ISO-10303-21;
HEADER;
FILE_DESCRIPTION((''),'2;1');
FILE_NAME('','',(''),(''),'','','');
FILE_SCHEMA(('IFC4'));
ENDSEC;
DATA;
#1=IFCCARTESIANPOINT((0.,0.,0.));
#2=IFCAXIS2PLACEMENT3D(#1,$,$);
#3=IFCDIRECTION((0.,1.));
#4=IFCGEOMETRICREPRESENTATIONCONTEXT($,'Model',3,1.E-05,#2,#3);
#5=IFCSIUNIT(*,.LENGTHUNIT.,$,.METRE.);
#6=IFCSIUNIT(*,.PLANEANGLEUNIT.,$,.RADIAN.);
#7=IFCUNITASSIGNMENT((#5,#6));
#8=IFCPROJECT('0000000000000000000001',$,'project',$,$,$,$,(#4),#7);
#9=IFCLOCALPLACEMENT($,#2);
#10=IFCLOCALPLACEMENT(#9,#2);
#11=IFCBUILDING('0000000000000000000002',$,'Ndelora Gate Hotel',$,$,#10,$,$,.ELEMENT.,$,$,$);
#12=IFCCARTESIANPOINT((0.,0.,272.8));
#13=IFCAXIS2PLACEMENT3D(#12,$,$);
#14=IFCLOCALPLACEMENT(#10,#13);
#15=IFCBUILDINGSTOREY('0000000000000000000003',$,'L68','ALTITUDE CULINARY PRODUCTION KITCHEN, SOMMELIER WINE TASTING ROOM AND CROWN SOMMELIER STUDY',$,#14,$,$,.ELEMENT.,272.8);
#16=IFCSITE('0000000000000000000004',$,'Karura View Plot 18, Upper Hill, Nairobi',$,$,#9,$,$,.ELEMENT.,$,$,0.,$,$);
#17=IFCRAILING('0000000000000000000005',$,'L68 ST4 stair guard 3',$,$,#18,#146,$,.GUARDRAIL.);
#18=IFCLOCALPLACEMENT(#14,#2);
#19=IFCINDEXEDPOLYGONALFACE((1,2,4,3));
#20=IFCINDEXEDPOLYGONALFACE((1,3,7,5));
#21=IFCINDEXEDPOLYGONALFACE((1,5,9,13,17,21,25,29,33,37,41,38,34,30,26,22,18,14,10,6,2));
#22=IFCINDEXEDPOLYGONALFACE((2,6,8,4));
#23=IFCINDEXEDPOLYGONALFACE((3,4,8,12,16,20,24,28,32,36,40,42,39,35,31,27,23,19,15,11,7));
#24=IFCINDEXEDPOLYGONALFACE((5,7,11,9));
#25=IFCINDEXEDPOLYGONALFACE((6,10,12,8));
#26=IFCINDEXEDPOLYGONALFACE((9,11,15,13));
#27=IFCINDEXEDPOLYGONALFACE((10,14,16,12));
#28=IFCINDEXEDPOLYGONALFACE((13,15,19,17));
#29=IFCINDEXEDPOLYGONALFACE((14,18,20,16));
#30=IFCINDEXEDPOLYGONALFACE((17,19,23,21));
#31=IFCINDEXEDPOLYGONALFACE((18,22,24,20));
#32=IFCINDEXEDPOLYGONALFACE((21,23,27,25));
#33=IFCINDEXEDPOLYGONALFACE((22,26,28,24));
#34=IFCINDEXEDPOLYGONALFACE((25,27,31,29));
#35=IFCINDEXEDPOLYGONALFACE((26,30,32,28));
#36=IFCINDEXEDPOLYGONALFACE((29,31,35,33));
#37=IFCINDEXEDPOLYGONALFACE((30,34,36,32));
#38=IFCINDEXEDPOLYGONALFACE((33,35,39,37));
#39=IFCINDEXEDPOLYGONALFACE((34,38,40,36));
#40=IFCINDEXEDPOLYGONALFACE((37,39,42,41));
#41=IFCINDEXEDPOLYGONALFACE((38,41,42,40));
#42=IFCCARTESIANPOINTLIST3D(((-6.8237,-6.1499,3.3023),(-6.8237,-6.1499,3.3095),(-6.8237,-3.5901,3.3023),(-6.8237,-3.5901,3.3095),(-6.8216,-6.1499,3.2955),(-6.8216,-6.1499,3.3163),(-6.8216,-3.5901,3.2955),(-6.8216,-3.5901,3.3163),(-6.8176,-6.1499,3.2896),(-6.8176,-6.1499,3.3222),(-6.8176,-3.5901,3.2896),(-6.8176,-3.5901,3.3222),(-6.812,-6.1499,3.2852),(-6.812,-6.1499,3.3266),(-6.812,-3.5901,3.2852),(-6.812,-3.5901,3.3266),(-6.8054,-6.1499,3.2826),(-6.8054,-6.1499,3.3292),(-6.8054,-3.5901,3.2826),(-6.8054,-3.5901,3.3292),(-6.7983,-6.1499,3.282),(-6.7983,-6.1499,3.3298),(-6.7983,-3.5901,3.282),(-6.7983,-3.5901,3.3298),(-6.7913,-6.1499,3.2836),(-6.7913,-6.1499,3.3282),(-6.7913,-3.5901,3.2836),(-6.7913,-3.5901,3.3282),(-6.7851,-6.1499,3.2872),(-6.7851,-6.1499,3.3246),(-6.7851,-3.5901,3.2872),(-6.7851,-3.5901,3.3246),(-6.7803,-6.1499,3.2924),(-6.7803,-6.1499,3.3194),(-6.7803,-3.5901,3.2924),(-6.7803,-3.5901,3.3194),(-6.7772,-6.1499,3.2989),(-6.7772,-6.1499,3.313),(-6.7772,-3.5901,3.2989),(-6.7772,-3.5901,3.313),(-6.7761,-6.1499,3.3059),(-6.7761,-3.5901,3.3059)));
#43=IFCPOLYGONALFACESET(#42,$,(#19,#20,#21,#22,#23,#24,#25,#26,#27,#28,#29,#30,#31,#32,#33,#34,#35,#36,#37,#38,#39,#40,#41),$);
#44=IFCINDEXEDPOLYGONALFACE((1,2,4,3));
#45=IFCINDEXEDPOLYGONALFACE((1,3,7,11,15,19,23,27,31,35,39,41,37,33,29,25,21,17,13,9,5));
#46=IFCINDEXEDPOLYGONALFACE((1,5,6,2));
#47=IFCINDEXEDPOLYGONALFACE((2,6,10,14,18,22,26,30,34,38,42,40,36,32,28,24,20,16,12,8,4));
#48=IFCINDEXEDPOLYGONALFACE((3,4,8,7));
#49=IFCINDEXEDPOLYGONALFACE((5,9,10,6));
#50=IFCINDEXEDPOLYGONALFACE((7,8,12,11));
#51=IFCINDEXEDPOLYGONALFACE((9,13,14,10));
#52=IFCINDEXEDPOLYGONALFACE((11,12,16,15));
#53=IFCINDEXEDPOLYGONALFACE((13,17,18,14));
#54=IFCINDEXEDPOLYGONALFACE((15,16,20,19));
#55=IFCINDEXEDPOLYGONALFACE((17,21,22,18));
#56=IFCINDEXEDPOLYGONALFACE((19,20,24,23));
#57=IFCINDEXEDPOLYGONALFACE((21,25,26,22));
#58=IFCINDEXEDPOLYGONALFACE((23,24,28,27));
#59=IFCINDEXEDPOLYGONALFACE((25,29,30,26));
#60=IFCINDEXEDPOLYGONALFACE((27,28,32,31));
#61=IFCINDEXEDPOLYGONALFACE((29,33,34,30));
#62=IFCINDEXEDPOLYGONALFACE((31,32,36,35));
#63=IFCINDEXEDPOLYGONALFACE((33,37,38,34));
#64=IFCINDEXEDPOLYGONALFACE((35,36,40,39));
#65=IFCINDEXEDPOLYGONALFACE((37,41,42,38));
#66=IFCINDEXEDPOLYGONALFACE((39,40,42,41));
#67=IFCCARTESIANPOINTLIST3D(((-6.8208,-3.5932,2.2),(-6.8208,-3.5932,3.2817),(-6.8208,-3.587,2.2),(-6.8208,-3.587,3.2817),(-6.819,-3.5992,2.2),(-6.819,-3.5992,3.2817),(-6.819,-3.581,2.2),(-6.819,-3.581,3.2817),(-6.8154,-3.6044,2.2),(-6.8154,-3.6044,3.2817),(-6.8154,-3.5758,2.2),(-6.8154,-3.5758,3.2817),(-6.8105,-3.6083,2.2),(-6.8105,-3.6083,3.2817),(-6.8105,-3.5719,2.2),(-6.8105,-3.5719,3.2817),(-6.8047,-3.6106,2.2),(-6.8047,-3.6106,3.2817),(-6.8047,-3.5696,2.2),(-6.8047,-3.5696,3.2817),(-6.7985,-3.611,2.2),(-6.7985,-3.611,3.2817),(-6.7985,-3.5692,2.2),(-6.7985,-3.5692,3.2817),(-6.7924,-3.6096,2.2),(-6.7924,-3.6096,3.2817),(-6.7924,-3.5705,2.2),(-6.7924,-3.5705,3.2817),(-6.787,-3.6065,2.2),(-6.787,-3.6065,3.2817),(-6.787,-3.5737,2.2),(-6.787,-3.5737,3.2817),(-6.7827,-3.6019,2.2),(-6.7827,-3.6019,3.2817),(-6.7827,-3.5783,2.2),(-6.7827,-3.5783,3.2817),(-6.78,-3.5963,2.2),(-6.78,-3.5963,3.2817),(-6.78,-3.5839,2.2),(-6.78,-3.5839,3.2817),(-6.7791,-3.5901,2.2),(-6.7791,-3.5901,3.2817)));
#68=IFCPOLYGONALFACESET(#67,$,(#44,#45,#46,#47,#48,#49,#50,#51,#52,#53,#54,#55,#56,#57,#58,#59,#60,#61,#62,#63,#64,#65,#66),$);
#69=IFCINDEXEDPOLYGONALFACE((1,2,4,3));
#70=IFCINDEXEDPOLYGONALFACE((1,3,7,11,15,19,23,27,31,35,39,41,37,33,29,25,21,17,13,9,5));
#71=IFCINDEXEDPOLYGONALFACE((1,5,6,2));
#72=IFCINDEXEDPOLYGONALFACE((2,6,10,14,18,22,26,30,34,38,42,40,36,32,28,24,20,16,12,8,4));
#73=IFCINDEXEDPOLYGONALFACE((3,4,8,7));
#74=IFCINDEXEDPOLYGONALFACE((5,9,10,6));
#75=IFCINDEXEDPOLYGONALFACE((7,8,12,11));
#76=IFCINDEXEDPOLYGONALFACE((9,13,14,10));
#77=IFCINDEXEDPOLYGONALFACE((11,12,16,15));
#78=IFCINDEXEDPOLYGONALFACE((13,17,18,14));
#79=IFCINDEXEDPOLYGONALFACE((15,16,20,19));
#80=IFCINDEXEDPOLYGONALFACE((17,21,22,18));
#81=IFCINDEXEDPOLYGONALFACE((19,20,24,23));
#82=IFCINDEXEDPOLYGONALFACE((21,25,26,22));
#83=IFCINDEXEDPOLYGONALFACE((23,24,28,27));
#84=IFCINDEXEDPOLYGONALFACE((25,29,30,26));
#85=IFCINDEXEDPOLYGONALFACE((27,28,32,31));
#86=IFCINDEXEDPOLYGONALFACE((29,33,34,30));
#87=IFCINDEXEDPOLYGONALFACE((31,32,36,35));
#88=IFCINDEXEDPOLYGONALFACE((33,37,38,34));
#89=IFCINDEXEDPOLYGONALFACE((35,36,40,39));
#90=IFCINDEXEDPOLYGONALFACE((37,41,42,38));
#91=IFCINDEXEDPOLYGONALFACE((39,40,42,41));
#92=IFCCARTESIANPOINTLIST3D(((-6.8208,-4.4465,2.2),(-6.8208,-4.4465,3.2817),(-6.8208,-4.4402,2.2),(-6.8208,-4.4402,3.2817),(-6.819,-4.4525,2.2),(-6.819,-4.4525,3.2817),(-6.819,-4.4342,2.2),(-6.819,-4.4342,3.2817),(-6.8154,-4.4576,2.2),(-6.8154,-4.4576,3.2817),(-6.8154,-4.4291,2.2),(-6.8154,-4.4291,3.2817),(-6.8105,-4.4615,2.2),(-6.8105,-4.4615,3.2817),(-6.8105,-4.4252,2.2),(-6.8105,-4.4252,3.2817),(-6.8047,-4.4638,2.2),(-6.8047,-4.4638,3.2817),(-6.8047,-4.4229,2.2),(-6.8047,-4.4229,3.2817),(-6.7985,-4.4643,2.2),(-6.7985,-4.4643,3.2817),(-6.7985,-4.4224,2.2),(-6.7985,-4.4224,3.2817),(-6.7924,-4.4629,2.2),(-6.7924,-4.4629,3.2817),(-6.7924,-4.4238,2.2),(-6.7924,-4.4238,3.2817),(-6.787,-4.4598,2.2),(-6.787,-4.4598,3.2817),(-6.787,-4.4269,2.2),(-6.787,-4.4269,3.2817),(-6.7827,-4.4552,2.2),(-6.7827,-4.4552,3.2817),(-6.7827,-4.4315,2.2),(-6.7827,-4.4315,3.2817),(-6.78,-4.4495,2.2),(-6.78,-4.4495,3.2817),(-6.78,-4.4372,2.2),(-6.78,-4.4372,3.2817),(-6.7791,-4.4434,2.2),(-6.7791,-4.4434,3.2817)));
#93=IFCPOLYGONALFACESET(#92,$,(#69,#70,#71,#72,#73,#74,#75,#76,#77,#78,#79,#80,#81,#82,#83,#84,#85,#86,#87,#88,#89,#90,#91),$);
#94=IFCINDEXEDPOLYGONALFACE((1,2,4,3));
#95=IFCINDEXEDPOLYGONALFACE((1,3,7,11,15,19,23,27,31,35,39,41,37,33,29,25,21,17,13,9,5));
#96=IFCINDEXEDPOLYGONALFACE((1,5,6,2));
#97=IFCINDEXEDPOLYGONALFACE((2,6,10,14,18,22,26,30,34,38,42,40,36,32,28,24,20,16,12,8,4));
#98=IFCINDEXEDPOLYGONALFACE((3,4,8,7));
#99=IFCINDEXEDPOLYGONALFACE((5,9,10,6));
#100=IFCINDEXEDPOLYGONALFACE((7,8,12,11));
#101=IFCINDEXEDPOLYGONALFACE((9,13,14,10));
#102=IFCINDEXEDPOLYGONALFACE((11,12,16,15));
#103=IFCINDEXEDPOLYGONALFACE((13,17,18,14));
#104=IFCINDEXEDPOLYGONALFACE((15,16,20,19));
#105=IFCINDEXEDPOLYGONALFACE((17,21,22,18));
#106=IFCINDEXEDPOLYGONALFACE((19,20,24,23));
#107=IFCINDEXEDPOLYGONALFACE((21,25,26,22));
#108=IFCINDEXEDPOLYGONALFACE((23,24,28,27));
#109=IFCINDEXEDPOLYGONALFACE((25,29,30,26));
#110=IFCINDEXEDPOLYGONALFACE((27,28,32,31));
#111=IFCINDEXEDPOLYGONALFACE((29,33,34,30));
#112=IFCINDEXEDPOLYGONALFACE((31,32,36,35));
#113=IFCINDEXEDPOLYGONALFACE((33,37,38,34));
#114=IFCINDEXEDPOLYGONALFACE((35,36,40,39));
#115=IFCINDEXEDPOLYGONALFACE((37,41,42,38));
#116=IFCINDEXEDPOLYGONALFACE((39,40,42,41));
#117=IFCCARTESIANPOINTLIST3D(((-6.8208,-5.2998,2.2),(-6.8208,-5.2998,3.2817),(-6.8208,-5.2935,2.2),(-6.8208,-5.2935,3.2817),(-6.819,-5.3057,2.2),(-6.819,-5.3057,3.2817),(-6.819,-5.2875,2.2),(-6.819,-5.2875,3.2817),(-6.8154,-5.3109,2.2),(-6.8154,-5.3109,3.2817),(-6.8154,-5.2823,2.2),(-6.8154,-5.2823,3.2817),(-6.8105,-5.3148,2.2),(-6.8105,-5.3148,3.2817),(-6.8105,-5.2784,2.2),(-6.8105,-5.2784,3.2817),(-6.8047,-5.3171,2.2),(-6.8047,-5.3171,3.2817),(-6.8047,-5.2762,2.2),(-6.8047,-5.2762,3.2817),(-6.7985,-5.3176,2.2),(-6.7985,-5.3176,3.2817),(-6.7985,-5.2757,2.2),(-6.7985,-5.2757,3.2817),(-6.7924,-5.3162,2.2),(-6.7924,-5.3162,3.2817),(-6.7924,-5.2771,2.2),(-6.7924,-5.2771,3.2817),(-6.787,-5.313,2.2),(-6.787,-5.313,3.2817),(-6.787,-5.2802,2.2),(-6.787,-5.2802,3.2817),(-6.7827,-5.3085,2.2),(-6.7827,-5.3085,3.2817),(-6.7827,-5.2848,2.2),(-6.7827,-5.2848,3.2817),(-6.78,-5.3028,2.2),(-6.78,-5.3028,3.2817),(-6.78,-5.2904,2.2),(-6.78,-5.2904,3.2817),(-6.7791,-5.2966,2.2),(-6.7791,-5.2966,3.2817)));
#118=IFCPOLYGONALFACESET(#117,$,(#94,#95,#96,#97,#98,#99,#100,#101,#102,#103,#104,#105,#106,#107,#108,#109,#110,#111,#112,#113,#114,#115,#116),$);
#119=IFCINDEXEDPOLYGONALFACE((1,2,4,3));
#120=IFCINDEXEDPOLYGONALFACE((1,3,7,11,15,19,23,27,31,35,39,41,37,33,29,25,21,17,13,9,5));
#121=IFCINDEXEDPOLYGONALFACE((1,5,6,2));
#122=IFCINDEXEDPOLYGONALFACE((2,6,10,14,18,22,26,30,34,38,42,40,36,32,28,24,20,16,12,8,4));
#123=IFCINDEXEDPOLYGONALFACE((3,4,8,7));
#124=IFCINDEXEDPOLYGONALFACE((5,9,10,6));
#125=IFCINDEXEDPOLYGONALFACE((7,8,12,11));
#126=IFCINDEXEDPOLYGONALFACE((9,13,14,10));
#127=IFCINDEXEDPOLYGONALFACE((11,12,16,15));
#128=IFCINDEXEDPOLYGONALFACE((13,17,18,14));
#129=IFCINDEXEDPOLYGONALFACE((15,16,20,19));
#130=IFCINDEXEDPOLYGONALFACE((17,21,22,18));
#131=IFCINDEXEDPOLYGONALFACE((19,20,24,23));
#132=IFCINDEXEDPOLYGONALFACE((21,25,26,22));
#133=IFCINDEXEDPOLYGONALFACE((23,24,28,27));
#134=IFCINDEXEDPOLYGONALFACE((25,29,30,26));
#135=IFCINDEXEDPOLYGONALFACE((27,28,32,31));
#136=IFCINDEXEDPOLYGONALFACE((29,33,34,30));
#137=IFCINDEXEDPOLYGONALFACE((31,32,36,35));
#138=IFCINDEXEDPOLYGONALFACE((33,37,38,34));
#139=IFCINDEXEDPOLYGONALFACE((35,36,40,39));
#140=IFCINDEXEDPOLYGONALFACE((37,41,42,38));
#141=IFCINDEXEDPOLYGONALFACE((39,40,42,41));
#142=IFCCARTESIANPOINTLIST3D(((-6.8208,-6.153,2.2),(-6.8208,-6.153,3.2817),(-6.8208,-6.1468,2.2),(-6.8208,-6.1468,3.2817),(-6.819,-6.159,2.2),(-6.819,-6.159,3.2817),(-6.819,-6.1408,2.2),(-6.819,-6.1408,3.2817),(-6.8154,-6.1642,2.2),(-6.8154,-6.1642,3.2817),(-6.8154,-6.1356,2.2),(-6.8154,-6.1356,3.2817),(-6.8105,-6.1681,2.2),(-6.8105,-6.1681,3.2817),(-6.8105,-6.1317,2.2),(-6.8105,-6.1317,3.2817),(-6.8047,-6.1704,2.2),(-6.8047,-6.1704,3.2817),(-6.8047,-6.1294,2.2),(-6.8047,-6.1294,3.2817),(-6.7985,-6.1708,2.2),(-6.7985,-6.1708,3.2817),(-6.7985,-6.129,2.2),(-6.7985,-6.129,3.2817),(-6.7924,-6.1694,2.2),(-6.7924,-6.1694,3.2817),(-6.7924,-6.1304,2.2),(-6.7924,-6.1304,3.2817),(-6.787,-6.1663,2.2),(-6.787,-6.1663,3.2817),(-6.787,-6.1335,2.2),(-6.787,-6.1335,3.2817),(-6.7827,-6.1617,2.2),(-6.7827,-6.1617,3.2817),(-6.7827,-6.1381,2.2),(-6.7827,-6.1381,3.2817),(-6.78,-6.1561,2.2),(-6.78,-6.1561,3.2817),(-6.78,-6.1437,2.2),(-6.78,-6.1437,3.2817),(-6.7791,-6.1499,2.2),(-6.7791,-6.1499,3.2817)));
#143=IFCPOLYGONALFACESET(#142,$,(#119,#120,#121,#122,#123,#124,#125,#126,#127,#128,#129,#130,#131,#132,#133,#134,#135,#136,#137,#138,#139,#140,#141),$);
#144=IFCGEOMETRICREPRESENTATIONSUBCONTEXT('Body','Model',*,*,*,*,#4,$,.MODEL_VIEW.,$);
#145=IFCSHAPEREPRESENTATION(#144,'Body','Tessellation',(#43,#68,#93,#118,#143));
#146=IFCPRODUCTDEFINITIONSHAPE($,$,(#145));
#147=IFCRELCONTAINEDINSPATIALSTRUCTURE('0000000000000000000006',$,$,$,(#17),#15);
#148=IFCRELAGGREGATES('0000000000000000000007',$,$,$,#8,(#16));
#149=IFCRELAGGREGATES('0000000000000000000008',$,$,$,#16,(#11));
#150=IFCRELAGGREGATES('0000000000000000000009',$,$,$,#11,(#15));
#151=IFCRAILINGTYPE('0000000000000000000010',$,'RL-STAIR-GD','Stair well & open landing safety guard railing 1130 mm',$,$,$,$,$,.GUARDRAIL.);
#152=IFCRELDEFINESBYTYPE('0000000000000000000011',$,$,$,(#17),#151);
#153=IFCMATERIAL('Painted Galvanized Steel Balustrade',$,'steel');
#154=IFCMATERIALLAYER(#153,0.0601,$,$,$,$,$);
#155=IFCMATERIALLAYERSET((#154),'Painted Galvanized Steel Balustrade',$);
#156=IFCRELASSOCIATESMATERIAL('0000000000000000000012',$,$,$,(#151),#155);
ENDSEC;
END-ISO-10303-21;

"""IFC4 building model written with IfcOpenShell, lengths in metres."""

from ifc_helpers import new_model, si_unit, direction, frame, origin, origin_2d, place, context, subcontext, project, spatial, circle, extrude, material, layer, layer_set, type_object, element, save


model = new_model("IFC4")

# Units and contexts
model_context = context("Model", 3, precision=1e-05, world=origin(), true_north=direction((0.0, 1.0)))
body_context = subcontext(model_context, "Body", "Model", "MODEL_VIEW")
ifc_project = project(units=[si_unit("LENGTHUNIT", "METRE"), si_unit("PLANEANGLEUNIT", "RADIAN")], contexts=[model_context])

# Site, building, storey
site_placement = place(None, origin())
site = spatial("IfcSite", under=ifc_project, at=site_placement, Name="Karura View Plot 18, Upper Hill, Nairobi", CompositionType="ELEMENT", RefElevation=0.0)
building_placement = place(site_placement, origin())
building = spatial("IfcBuilding", under=site, at=building_placement, Name="Ndelora Gate Hotel", CompositionType="ELEMENT")
storey_placement = place(building_placement, frame((0.0, 0.0, 272.8)))
storey = spatial("IfcBuildingStorey", under=building, at=storey_placement, Name="L68", Description="ALTITUDE CULINARY PRODUCTION KITCHEN, SOMMELIER WINE TASTING ROOM AND CROWN SOMMELIER STUDY", CompositionType="ELEMENT", Elevation=272.8)

# Railing
ifc_material_1 = material(Name="Painted Galvanized Steel Balustrade", Category="steel")
ifc_layer_1 = layer(ifc_material_1, 0.0601)
ifc_layer_set_1 = layer_set([ifc_layer_1], Name="Painted Galvanized Steel Balustrade")
railing_type_1 = type_object("IfcRailingType", Name="RL-STAIR-GD", Description="Stair well & open landing safety guard railing 1130 mm", PredefinedType="GUARDRAIL", material=ifc_layer_set_1)
for number, where, name in (
    (1, (-6.8, -3.5901, 2.2), "L68 ST4 stair guard 3"),
):
    element("IfcRailing", number, at=place(storey_placement, frame(where)), inside=storey, type_object=railing_type_1, Name=name, PredefinedType="GUARDRAIL", context=body_context, shape_type="SweptSolid", body=[
        extrude(circle(Radius=0.0239, at=origin_2d()), frame((0.0, 0.0, 1.106), z_axis=(0.0, -1.0, 0.0), x_axis=(1.0, 0.0, 0.0)), (0.0, 0.0, 1.0), 2.5598),
        extrude(circle(Radius=0.021, at=origin_2d()), origin(), (0.0, 0.0, 1.0), 1.0818),
        extrude(circle(Radius=0.021, at=origin_2d()), frame((0.0, -0.8533, 0.0)), (0.0, 0.0, 1.0), 1.0818),
        extrude(circle(Radius=0.021, at=origin_2d()), frame((0.0, -1.7065, 0.0)), (0.0, 0.0, 1.0), 1.0818),
        extrude(circle(Radius=0.021, at=origin_2d()), frame((0.0, -2.5598, 0.0)), (0.0, 0.0, 1.0), 1.0818),
    ])

save(model, "model.ifc")
